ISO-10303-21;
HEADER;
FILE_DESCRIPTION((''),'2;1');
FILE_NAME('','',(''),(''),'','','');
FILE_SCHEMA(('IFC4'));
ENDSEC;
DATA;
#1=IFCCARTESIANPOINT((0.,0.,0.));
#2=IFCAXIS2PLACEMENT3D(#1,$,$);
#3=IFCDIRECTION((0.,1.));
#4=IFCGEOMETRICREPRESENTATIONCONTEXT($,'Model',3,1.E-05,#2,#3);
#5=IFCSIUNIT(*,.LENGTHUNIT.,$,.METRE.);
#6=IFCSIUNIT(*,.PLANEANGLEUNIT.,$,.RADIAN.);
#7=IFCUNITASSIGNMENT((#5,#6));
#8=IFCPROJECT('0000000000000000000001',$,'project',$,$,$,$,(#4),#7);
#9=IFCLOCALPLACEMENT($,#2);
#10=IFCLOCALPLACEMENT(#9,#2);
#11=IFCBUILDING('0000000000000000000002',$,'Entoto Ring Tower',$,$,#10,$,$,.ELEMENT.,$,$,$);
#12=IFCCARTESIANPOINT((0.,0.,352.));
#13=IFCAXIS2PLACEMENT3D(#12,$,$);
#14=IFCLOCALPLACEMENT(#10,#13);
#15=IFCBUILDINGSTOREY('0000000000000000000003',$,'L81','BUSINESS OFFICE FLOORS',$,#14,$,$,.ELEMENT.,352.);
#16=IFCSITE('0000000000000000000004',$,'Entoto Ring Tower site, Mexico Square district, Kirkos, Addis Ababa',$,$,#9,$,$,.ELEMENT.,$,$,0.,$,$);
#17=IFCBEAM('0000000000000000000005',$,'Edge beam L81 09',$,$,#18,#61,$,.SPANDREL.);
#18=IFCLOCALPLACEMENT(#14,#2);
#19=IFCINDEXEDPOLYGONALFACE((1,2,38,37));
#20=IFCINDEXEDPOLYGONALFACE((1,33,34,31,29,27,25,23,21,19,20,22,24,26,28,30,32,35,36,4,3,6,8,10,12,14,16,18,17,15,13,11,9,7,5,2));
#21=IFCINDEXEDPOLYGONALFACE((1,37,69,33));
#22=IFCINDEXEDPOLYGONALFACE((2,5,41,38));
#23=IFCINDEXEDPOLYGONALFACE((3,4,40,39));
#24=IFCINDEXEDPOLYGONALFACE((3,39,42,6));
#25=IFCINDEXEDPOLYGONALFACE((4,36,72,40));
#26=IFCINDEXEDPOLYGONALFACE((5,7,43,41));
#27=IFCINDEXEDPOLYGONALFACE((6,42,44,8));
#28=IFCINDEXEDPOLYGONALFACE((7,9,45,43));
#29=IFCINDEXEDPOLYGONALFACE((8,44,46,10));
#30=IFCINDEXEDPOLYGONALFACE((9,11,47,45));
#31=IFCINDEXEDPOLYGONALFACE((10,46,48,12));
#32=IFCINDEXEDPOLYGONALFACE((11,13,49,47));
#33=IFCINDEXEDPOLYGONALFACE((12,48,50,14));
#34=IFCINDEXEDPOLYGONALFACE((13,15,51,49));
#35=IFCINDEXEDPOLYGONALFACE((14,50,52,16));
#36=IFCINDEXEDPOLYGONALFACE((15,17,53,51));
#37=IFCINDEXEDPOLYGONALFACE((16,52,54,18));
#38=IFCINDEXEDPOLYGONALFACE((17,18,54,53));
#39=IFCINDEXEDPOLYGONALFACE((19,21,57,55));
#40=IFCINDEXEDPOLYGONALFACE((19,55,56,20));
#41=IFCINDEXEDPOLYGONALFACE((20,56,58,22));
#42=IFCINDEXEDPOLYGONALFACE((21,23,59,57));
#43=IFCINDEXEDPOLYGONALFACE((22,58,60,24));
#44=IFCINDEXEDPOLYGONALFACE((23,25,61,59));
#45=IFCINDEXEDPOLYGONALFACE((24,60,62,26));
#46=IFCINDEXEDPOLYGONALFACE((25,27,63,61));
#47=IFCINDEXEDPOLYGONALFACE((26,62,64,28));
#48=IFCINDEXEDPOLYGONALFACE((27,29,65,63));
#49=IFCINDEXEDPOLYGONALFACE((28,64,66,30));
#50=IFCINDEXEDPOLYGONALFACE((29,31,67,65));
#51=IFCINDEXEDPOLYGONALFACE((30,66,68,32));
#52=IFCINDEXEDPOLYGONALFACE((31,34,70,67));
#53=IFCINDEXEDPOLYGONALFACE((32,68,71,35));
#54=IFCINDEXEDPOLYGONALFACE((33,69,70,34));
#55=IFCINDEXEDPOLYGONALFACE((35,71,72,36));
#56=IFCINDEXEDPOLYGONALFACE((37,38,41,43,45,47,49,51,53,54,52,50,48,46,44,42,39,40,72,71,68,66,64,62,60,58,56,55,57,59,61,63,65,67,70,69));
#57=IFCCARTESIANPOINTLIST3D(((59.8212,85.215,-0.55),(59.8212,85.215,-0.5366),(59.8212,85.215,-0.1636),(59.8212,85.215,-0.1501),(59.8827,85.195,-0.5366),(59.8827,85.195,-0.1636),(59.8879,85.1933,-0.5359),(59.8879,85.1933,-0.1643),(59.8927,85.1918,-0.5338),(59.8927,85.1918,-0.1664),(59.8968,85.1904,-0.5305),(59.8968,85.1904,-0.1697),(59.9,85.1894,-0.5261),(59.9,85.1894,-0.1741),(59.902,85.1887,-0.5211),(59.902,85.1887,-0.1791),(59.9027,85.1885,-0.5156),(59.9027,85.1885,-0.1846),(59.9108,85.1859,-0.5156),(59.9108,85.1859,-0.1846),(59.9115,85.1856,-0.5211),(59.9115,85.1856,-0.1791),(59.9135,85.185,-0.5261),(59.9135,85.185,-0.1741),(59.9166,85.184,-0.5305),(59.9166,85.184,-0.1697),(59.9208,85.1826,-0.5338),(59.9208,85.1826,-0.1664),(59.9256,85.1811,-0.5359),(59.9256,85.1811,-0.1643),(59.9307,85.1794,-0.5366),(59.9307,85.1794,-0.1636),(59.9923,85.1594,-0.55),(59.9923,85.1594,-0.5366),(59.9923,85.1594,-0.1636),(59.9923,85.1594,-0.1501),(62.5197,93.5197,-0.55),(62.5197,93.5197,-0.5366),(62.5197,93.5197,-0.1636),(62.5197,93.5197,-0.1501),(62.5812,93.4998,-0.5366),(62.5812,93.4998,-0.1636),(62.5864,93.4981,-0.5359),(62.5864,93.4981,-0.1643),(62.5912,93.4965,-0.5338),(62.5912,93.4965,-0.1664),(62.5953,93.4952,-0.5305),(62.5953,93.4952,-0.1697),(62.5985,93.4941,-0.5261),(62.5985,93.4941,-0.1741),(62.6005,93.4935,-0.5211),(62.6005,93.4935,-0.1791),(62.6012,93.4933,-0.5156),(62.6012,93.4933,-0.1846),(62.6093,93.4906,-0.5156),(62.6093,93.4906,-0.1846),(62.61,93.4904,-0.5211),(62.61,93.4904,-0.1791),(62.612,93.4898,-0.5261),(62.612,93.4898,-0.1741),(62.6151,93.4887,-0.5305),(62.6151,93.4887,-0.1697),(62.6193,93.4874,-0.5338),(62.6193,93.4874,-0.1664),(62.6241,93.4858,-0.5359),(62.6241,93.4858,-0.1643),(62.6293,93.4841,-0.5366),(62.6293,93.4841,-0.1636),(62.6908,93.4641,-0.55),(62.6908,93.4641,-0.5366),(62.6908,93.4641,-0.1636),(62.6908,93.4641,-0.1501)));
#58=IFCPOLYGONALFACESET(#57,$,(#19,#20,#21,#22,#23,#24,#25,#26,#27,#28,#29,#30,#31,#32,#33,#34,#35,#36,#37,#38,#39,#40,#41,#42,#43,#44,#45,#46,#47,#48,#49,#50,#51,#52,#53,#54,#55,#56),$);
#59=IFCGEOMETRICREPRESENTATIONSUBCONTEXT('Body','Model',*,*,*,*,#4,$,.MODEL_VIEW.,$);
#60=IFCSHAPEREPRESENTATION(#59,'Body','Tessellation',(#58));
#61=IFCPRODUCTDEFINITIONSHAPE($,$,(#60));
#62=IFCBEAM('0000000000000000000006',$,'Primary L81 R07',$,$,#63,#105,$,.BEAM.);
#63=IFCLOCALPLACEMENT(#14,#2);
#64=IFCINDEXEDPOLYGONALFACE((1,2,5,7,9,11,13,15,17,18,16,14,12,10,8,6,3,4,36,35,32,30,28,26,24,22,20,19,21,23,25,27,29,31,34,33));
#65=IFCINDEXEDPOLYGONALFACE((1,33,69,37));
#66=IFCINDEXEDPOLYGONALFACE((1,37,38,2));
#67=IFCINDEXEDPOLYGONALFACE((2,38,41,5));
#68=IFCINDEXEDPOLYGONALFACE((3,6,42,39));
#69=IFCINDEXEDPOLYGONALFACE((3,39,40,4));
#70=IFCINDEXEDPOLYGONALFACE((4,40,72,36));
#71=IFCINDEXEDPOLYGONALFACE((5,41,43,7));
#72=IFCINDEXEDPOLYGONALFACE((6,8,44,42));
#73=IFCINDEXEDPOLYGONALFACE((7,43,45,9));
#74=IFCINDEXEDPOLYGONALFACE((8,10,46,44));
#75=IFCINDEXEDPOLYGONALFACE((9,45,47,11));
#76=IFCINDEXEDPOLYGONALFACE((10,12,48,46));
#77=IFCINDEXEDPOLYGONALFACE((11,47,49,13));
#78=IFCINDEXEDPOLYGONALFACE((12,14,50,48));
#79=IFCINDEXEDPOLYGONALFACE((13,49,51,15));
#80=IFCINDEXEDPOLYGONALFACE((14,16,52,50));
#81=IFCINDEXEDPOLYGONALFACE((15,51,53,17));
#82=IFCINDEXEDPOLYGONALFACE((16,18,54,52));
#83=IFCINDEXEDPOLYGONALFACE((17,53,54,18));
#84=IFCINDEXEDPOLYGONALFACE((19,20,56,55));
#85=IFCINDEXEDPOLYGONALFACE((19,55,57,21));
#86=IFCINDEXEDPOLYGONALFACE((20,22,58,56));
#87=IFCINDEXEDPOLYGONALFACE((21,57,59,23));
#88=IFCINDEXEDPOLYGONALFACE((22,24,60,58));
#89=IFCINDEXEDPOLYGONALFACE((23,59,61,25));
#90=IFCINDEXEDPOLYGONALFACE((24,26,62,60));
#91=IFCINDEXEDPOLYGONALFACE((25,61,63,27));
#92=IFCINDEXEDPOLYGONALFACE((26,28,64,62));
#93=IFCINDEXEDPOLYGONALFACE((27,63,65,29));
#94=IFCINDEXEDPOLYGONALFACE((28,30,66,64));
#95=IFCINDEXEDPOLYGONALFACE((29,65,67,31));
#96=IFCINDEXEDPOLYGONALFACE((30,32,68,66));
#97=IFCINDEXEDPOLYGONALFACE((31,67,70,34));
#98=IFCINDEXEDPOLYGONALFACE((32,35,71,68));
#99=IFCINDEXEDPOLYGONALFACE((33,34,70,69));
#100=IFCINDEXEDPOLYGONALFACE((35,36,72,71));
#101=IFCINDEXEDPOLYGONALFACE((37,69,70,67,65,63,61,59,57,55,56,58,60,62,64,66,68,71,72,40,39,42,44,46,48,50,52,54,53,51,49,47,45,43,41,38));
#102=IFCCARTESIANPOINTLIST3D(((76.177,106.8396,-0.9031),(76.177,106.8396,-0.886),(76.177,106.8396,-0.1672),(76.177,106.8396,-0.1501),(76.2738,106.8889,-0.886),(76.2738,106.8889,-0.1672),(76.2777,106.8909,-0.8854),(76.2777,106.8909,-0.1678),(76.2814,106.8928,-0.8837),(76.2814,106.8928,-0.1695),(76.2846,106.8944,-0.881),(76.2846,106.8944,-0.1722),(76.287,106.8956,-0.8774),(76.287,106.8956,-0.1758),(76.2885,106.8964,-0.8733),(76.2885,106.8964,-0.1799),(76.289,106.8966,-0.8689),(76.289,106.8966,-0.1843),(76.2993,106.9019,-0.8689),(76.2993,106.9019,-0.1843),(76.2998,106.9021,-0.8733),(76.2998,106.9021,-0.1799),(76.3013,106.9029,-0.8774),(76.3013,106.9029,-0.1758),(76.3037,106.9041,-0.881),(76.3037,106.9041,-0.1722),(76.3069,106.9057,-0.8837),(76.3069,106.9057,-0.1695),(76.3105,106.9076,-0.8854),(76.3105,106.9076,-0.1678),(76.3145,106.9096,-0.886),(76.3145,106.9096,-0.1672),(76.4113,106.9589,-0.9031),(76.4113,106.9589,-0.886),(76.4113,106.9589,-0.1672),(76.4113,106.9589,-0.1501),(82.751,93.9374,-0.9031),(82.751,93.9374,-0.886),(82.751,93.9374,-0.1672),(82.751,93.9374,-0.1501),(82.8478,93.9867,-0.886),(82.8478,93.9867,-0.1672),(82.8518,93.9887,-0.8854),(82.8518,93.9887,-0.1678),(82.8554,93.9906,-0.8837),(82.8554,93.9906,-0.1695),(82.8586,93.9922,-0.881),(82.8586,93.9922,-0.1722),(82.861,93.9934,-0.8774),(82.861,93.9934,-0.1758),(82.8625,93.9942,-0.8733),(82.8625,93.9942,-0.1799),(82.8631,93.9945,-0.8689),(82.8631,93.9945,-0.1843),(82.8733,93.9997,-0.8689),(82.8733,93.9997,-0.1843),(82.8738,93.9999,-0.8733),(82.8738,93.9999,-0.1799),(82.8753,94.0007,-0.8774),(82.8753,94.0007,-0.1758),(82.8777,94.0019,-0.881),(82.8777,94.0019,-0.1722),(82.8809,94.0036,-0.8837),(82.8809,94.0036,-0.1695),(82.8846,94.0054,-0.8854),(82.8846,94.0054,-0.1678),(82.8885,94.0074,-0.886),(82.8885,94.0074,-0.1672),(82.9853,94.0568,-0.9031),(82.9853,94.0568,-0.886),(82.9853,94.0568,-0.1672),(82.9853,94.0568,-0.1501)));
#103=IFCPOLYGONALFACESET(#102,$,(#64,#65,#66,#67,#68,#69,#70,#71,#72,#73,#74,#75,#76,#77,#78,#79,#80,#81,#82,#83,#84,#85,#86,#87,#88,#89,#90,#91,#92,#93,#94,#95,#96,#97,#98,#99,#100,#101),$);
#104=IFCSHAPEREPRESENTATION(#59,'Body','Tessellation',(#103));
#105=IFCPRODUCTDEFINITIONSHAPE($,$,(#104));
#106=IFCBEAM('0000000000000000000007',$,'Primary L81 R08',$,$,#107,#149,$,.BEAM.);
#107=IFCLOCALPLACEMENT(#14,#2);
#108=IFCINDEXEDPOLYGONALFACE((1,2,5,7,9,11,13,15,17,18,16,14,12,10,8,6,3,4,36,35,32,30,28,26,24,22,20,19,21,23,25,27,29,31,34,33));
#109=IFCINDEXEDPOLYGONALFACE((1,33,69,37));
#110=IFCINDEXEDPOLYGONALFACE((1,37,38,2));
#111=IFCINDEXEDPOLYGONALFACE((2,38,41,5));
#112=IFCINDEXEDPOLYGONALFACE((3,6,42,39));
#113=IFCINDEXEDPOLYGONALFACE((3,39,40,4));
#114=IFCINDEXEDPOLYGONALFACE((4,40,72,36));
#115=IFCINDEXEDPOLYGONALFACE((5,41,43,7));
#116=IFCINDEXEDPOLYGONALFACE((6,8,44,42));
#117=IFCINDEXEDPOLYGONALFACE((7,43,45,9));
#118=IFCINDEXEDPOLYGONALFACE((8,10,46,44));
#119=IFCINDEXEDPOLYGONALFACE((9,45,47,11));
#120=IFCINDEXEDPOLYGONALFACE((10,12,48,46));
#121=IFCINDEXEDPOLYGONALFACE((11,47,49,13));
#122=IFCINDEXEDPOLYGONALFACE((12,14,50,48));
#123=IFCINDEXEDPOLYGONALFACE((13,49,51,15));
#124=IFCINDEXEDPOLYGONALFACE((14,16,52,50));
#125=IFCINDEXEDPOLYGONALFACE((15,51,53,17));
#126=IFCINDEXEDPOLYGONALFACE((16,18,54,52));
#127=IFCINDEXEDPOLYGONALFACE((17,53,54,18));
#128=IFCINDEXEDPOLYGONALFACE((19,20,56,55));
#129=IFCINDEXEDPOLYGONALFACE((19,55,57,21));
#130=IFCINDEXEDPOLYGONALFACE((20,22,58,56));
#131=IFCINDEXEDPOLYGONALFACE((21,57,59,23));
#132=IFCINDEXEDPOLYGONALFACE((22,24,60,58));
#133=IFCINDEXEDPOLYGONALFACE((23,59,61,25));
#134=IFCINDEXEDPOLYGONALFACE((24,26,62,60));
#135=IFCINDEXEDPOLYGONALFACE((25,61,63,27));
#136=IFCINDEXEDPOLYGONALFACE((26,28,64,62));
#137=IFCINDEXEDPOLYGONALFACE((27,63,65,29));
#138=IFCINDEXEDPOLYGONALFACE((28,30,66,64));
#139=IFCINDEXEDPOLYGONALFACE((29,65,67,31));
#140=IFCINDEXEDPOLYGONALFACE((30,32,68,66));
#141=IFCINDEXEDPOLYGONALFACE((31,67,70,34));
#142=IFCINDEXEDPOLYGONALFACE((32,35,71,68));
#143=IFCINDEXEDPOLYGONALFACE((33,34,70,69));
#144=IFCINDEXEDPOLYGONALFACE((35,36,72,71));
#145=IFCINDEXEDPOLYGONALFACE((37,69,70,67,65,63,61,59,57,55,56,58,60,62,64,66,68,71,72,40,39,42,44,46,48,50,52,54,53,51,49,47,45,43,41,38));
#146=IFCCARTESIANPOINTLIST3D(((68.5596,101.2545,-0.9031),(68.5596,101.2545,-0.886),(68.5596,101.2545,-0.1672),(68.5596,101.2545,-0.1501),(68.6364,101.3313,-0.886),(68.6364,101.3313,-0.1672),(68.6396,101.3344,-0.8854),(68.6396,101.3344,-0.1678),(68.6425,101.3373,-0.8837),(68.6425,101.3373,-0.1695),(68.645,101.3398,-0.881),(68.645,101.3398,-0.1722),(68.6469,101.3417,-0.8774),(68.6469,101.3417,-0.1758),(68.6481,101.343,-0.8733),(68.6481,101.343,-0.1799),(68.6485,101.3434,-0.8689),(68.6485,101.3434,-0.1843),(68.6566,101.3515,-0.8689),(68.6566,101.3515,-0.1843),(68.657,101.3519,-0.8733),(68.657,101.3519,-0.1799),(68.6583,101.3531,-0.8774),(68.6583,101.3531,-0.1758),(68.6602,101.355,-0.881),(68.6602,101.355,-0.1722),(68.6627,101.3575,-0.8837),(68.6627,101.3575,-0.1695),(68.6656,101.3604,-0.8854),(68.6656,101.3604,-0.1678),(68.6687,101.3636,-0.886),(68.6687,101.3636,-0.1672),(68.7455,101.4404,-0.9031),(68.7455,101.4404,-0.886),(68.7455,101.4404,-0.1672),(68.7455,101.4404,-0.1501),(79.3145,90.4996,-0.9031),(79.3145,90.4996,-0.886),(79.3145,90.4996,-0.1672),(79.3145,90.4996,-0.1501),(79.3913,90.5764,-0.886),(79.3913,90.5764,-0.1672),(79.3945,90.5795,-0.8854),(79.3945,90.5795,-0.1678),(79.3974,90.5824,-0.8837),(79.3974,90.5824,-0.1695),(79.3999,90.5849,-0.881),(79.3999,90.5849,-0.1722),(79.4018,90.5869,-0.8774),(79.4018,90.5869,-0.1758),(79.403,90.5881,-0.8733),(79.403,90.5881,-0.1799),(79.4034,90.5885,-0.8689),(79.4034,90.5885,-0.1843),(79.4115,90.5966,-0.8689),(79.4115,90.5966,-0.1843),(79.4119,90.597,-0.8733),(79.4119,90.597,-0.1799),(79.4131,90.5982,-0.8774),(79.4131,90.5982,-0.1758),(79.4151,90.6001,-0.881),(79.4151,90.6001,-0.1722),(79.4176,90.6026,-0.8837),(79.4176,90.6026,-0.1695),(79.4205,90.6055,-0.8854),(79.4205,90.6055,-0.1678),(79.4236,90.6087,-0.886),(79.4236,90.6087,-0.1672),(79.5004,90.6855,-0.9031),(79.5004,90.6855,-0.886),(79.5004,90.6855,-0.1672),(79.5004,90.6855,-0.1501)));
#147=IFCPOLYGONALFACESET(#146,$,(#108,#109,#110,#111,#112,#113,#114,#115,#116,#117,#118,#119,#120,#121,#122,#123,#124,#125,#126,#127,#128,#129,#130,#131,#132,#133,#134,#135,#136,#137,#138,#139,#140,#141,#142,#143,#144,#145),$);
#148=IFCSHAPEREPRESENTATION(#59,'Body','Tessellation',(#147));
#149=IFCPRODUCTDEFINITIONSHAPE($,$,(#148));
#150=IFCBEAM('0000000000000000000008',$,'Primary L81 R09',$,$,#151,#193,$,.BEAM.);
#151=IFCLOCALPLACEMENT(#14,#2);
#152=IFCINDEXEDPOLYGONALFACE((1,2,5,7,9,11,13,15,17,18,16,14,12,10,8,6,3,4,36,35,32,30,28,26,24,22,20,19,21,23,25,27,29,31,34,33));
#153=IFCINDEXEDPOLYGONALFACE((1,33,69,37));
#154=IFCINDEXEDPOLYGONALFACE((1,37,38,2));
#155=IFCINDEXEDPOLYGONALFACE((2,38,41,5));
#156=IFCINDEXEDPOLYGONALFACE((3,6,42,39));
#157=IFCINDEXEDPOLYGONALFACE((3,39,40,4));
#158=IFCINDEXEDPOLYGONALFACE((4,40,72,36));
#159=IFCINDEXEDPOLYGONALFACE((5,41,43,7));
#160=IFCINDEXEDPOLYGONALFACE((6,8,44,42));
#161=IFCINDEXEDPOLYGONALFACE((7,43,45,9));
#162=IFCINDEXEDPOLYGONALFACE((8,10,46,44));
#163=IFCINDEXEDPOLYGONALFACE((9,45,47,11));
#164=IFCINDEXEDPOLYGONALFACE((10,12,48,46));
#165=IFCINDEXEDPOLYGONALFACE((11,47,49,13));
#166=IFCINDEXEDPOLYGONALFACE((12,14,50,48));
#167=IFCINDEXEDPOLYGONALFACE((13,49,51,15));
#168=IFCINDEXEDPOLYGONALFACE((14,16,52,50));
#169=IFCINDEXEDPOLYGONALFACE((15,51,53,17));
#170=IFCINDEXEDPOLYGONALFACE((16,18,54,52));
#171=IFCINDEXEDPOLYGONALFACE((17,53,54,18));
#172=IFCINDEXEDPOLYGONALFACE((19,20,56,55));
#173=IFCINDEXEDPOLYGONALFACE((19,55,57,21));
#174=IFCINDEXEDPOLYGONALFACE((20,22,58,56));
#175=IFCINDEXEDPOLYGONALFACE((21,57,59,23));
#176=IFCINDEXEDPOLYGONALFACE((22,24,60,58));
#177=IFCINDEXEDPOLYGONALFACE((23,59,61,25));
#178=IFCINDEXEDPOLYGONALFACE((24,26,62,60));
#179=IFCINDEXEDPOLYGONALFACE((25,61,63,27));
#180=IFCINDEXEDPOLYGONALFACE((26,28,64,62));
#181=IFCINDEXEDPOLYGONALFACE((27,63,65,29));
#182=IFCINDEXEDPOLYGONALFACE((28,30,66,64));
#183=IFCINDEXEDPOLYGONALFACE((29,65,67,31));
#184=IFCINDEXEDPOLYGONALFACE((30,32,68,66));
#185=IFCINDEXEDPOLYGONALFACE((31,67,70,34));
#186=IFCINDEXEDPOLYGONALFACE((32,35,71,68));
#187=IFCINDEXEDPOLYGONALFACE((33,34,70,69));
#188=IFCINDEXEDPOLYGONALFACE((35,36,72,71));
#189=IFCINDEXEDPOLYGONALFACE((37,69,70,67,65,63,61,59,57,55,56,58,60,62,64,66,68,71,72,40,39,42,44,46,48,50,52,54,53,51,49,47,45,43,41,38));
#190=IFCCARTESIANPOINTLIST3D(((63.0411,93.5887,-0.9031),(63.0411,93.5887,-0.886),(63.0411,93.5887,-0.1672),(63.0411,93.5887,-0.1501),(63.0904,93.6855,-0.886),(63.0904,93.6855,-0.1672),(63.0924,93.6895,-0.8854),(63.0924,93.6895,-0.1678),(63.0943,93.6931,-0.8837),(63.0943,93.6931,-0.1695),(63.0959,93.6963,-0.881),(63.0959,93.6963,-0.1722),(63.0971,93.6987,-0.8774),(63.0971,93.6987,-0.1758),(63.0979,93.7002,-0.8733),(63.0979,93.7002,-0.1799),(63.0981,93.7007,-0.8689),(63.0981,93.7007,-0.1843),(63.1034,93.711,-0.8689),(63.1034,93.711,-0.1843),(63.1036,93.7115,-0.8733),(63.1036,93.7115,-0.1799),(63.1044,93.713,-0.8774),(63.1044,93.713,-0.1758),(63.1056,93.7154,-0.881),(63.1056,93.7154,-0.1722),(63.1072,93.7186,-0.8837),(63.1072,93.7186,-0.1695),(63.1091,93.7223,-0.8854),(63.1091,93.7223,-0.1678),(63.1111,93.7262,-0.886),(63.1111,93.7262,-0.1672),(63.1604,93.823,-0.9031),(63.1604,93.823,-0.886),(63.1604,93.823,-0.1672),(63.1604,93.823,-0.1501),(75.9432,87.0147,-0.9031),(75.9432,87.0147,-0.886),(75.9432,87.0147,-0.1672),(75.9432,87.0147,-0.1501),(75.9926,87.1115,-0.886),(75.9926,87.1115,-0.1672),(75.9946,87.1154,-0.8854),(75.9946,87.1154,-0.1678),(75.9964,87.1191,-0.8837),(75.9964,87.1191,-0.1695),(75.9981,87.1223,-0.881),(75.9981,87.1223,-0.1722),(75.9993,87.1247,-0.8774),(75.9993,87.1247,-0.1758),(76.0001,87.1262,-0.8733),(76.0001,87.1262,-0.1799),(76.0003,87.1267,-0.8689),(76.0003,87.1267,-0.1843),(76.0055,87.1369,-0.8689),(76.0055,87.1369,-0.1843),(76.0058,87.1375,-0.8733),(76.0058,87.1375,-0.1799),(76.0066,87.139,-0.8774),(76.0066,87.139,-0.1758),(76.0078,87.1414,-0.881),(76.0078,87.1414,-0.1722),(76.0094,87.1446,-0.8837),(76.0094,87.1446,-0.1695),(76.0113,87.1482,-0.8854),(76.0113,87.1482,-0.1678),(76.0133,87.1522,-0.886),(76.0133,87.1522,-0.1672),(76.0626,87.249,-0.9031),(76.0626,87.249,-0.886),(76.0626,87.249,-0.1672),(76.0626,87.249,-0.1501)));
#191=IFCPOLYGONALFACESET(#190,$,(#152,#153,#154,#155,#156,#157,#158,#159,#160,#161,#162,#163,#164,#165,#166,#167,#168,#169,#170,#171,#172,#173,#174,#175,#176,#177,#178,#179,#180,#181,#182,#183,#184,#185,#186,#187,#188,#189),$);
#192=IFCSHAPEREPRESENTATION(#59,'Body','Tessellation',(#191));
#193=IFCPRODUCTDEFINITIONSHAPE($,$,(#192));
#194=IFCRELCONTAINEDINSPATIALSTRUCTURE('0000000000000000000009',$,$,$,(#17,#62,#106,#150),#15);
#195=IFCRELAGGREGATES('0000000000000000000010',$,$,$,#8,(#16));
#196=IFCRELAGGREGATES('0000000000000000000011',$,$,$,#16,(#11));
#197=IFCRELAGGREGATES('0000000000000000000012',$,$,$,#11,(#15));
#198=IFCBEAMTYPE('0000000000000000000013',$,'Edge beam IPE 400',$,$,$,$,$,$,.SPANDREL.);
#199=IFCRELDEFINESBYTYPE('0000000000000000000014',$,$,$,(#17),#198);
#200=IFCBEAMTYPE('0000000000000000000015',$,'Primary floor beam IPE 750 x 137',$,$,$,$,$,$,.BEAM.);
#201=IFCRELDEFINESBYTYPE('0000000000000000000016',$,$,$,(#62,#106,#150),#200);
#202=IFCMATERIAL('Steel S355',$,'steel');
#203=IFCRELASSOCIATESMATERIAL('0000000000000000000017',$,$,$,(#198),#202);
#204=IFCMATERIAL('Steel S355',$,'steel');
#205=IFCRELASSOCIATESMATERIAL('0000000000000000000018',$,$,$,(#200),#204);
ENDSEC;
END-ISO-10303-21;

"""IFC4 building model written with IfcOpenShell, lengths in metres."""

from ifc_helpers import new_model, si_unit, direction, frame, origin, origin_2d, place, context, subcontext, project, spatial, i_section, extrude, material, material_profile, profile_set, type_object, element, save


model = new_model("IFC4")

# Units and contexts
model_context = context("Model", 3, precision=1e-05, world=origin(), true_north=direction((0.0, 1.0)))
body_context = subcontext(model_context, "Body", "Model", "MODEL_VIEW")
ifc_project = project(units=[si_unit("LENGTHUNIT", "METRE"), si_unit("PLANEANGLEUNIT", "RADIAN")], contexts=[model_context])

# Site, building, storey
site_placement = place(None, origin())
site = spatial("IfcSite", under=ifc_project, at=site_placement, Name="Entoto Ring Tower site, Mexico Square district, Kirkos, Addis Ababa", CompositionType="ELEMENT", RefElevation=0.0)
building_placement = place(site_placement, origin())
building = spatial("IfcBuilding", under=site, at=building_placement, Name="Entoto Ring Tower", CompositionType="ELEMENT")
storey_placement = place(building_placement, frame((0.0, 0.0, 352.0)))
storey = spatial("IfcBuildingStorey", under=building, at=storey_placement, Name="L81", Description="BUSINESS OFFICE FLOORS", CompositionType="ELEMENT", Elevation=352.0)

# Beams
ifc_material_1 = material(Name="Steel S355", Category="steel")
ifc_material_profile_1 = material_profile(ifc_material_1, i_section(OverallWidth=0.1799, OverallDepth=0.3999, WebThickness=0.0085, FlangeThickness=0.0134, FilletRadius=0.021, at=origin_2d()), Name="IPE 400")
ifc_profile_set_1 = profile_set([ifc_material_profile_1], Name="Steel S355")
beam_type_1 = type_object("IfcBeamType", Name="Edge beam IPE 400", PredefinedType="SPANDREL", material=ifc_profile_set_1)
beam_1_placement = place(storey_placement, frame((62.6052, 93.4919, -0.3501), z_axis=(-0.30903, -0.951052, 0.0), x_axis=(0.951052, -0.30903, 0.0)))
element("IfcBeam", 1, at=beam_1_placement, inside=storey, type_object=beam_type_1, Name="Edge beam L81 09", PredefinedType="SPANDREL", context=body_context, shape_type="SweptSolid", body=[
    extrude(i_section(OverallWidth=0.1799, OverallDepth=0.3999, WebThickness=0.0085, FlangeThickness=0.0134, FilletRadius=0.021, at=origin_2d()), origin(), (0.0, 0.0, 1.0), 8.7322),
])
ifc_material_2 = material(Name="Steel S355", Category="steel")
ifc_material_profile_2 = material_profile(ifc_material_2, i_section(OverallWidth=0.2629, OverallDepth=0.7529, WebThickness=0.0115, FlangeThickness=0.0171, FilletRadius=0.0171, at=origin_2d()), Name="IPE 750 x 137")
ifc_profile_set_2 = profile_set([ifc_material_profile_2], Name="Steel S355")
beam_type_2 = type_object("IfcBeamType", Name="Primary floor beam IPE 750 x 137", PredefinedType="BEAM", material=ifc_profile_set_2)
beam_2_placement = place(storey_placement, frame((82.8682, 93.9971, -0.5266), z_axis=(-0.453992, 0.891006, 0.0), x_axis=(-0.891006, -0.453992, 0.0)))
element("IfcBeam", 2, at=beam_2_placement, inside=storey, type_object=beam_type_2, Name="Primary L81 R07", PredefinedType="BEAM", context=body_context, shape_type="SweptSolid", body=[
    extrude(i_section(OverallWidth=0.2629, OverallDepth=0.7529, WebThickness=0.0115, FlangeThickness=0.0171, FilletRadius=0.0171, at=origin_2d()), origin(), (0.0, 0.0, 1.0), 14.4805),
])
beam_3_placement = place(storey_placement, frame((79.4075, 90.5925, -0.5266), z_axis=(-0.707107, 0.707107, 0.0), x_axis=(-0.707107, -0.707107, 0.0)))
element("IfcBeam", 3, at=beam_3_placement, inside=storey, type_object=beam_type_2, Name="Primary L81 R08", PredefinedType="BEAM", context=body_context, shape_type="SweptSolid", body=[
    extrude(i_section(OverallWidth=0.2629, OverallDepth=0.7529, WebThickness=0.0115, FlangeThickness=0.0171, FilletRadius=0.0171, at=origin_2d()), origin(), (0.0, 0.0, 1.0), 15.2097),
])
beam_4_placement = place(storey_placement, frame((76.0029, 87.1318, -0.5266), z_axis=(-0.891006, 0.453992, 0.0), x_axis=(-0.453992, -0.891006, 0.0)))
element("IfcBeam", 4, at=beam_4_placement, inside=storey, type_object=beam_type_2, Name="Primary L81 R09", PredefinedType="BEAM", context=body_context, shape_type="SweptSolid", body=[
    extrude(i_section(OverallWidth=0.2629, OverallDepth=0.7529, WebThickness=0.0115, FlangeThickness=0.0171, FilletRadius=0.0171, at=origin_2d()), origin(), (0.0, 0.0, 1.0), 14.4805),
])

save(model, "model.ifc")
